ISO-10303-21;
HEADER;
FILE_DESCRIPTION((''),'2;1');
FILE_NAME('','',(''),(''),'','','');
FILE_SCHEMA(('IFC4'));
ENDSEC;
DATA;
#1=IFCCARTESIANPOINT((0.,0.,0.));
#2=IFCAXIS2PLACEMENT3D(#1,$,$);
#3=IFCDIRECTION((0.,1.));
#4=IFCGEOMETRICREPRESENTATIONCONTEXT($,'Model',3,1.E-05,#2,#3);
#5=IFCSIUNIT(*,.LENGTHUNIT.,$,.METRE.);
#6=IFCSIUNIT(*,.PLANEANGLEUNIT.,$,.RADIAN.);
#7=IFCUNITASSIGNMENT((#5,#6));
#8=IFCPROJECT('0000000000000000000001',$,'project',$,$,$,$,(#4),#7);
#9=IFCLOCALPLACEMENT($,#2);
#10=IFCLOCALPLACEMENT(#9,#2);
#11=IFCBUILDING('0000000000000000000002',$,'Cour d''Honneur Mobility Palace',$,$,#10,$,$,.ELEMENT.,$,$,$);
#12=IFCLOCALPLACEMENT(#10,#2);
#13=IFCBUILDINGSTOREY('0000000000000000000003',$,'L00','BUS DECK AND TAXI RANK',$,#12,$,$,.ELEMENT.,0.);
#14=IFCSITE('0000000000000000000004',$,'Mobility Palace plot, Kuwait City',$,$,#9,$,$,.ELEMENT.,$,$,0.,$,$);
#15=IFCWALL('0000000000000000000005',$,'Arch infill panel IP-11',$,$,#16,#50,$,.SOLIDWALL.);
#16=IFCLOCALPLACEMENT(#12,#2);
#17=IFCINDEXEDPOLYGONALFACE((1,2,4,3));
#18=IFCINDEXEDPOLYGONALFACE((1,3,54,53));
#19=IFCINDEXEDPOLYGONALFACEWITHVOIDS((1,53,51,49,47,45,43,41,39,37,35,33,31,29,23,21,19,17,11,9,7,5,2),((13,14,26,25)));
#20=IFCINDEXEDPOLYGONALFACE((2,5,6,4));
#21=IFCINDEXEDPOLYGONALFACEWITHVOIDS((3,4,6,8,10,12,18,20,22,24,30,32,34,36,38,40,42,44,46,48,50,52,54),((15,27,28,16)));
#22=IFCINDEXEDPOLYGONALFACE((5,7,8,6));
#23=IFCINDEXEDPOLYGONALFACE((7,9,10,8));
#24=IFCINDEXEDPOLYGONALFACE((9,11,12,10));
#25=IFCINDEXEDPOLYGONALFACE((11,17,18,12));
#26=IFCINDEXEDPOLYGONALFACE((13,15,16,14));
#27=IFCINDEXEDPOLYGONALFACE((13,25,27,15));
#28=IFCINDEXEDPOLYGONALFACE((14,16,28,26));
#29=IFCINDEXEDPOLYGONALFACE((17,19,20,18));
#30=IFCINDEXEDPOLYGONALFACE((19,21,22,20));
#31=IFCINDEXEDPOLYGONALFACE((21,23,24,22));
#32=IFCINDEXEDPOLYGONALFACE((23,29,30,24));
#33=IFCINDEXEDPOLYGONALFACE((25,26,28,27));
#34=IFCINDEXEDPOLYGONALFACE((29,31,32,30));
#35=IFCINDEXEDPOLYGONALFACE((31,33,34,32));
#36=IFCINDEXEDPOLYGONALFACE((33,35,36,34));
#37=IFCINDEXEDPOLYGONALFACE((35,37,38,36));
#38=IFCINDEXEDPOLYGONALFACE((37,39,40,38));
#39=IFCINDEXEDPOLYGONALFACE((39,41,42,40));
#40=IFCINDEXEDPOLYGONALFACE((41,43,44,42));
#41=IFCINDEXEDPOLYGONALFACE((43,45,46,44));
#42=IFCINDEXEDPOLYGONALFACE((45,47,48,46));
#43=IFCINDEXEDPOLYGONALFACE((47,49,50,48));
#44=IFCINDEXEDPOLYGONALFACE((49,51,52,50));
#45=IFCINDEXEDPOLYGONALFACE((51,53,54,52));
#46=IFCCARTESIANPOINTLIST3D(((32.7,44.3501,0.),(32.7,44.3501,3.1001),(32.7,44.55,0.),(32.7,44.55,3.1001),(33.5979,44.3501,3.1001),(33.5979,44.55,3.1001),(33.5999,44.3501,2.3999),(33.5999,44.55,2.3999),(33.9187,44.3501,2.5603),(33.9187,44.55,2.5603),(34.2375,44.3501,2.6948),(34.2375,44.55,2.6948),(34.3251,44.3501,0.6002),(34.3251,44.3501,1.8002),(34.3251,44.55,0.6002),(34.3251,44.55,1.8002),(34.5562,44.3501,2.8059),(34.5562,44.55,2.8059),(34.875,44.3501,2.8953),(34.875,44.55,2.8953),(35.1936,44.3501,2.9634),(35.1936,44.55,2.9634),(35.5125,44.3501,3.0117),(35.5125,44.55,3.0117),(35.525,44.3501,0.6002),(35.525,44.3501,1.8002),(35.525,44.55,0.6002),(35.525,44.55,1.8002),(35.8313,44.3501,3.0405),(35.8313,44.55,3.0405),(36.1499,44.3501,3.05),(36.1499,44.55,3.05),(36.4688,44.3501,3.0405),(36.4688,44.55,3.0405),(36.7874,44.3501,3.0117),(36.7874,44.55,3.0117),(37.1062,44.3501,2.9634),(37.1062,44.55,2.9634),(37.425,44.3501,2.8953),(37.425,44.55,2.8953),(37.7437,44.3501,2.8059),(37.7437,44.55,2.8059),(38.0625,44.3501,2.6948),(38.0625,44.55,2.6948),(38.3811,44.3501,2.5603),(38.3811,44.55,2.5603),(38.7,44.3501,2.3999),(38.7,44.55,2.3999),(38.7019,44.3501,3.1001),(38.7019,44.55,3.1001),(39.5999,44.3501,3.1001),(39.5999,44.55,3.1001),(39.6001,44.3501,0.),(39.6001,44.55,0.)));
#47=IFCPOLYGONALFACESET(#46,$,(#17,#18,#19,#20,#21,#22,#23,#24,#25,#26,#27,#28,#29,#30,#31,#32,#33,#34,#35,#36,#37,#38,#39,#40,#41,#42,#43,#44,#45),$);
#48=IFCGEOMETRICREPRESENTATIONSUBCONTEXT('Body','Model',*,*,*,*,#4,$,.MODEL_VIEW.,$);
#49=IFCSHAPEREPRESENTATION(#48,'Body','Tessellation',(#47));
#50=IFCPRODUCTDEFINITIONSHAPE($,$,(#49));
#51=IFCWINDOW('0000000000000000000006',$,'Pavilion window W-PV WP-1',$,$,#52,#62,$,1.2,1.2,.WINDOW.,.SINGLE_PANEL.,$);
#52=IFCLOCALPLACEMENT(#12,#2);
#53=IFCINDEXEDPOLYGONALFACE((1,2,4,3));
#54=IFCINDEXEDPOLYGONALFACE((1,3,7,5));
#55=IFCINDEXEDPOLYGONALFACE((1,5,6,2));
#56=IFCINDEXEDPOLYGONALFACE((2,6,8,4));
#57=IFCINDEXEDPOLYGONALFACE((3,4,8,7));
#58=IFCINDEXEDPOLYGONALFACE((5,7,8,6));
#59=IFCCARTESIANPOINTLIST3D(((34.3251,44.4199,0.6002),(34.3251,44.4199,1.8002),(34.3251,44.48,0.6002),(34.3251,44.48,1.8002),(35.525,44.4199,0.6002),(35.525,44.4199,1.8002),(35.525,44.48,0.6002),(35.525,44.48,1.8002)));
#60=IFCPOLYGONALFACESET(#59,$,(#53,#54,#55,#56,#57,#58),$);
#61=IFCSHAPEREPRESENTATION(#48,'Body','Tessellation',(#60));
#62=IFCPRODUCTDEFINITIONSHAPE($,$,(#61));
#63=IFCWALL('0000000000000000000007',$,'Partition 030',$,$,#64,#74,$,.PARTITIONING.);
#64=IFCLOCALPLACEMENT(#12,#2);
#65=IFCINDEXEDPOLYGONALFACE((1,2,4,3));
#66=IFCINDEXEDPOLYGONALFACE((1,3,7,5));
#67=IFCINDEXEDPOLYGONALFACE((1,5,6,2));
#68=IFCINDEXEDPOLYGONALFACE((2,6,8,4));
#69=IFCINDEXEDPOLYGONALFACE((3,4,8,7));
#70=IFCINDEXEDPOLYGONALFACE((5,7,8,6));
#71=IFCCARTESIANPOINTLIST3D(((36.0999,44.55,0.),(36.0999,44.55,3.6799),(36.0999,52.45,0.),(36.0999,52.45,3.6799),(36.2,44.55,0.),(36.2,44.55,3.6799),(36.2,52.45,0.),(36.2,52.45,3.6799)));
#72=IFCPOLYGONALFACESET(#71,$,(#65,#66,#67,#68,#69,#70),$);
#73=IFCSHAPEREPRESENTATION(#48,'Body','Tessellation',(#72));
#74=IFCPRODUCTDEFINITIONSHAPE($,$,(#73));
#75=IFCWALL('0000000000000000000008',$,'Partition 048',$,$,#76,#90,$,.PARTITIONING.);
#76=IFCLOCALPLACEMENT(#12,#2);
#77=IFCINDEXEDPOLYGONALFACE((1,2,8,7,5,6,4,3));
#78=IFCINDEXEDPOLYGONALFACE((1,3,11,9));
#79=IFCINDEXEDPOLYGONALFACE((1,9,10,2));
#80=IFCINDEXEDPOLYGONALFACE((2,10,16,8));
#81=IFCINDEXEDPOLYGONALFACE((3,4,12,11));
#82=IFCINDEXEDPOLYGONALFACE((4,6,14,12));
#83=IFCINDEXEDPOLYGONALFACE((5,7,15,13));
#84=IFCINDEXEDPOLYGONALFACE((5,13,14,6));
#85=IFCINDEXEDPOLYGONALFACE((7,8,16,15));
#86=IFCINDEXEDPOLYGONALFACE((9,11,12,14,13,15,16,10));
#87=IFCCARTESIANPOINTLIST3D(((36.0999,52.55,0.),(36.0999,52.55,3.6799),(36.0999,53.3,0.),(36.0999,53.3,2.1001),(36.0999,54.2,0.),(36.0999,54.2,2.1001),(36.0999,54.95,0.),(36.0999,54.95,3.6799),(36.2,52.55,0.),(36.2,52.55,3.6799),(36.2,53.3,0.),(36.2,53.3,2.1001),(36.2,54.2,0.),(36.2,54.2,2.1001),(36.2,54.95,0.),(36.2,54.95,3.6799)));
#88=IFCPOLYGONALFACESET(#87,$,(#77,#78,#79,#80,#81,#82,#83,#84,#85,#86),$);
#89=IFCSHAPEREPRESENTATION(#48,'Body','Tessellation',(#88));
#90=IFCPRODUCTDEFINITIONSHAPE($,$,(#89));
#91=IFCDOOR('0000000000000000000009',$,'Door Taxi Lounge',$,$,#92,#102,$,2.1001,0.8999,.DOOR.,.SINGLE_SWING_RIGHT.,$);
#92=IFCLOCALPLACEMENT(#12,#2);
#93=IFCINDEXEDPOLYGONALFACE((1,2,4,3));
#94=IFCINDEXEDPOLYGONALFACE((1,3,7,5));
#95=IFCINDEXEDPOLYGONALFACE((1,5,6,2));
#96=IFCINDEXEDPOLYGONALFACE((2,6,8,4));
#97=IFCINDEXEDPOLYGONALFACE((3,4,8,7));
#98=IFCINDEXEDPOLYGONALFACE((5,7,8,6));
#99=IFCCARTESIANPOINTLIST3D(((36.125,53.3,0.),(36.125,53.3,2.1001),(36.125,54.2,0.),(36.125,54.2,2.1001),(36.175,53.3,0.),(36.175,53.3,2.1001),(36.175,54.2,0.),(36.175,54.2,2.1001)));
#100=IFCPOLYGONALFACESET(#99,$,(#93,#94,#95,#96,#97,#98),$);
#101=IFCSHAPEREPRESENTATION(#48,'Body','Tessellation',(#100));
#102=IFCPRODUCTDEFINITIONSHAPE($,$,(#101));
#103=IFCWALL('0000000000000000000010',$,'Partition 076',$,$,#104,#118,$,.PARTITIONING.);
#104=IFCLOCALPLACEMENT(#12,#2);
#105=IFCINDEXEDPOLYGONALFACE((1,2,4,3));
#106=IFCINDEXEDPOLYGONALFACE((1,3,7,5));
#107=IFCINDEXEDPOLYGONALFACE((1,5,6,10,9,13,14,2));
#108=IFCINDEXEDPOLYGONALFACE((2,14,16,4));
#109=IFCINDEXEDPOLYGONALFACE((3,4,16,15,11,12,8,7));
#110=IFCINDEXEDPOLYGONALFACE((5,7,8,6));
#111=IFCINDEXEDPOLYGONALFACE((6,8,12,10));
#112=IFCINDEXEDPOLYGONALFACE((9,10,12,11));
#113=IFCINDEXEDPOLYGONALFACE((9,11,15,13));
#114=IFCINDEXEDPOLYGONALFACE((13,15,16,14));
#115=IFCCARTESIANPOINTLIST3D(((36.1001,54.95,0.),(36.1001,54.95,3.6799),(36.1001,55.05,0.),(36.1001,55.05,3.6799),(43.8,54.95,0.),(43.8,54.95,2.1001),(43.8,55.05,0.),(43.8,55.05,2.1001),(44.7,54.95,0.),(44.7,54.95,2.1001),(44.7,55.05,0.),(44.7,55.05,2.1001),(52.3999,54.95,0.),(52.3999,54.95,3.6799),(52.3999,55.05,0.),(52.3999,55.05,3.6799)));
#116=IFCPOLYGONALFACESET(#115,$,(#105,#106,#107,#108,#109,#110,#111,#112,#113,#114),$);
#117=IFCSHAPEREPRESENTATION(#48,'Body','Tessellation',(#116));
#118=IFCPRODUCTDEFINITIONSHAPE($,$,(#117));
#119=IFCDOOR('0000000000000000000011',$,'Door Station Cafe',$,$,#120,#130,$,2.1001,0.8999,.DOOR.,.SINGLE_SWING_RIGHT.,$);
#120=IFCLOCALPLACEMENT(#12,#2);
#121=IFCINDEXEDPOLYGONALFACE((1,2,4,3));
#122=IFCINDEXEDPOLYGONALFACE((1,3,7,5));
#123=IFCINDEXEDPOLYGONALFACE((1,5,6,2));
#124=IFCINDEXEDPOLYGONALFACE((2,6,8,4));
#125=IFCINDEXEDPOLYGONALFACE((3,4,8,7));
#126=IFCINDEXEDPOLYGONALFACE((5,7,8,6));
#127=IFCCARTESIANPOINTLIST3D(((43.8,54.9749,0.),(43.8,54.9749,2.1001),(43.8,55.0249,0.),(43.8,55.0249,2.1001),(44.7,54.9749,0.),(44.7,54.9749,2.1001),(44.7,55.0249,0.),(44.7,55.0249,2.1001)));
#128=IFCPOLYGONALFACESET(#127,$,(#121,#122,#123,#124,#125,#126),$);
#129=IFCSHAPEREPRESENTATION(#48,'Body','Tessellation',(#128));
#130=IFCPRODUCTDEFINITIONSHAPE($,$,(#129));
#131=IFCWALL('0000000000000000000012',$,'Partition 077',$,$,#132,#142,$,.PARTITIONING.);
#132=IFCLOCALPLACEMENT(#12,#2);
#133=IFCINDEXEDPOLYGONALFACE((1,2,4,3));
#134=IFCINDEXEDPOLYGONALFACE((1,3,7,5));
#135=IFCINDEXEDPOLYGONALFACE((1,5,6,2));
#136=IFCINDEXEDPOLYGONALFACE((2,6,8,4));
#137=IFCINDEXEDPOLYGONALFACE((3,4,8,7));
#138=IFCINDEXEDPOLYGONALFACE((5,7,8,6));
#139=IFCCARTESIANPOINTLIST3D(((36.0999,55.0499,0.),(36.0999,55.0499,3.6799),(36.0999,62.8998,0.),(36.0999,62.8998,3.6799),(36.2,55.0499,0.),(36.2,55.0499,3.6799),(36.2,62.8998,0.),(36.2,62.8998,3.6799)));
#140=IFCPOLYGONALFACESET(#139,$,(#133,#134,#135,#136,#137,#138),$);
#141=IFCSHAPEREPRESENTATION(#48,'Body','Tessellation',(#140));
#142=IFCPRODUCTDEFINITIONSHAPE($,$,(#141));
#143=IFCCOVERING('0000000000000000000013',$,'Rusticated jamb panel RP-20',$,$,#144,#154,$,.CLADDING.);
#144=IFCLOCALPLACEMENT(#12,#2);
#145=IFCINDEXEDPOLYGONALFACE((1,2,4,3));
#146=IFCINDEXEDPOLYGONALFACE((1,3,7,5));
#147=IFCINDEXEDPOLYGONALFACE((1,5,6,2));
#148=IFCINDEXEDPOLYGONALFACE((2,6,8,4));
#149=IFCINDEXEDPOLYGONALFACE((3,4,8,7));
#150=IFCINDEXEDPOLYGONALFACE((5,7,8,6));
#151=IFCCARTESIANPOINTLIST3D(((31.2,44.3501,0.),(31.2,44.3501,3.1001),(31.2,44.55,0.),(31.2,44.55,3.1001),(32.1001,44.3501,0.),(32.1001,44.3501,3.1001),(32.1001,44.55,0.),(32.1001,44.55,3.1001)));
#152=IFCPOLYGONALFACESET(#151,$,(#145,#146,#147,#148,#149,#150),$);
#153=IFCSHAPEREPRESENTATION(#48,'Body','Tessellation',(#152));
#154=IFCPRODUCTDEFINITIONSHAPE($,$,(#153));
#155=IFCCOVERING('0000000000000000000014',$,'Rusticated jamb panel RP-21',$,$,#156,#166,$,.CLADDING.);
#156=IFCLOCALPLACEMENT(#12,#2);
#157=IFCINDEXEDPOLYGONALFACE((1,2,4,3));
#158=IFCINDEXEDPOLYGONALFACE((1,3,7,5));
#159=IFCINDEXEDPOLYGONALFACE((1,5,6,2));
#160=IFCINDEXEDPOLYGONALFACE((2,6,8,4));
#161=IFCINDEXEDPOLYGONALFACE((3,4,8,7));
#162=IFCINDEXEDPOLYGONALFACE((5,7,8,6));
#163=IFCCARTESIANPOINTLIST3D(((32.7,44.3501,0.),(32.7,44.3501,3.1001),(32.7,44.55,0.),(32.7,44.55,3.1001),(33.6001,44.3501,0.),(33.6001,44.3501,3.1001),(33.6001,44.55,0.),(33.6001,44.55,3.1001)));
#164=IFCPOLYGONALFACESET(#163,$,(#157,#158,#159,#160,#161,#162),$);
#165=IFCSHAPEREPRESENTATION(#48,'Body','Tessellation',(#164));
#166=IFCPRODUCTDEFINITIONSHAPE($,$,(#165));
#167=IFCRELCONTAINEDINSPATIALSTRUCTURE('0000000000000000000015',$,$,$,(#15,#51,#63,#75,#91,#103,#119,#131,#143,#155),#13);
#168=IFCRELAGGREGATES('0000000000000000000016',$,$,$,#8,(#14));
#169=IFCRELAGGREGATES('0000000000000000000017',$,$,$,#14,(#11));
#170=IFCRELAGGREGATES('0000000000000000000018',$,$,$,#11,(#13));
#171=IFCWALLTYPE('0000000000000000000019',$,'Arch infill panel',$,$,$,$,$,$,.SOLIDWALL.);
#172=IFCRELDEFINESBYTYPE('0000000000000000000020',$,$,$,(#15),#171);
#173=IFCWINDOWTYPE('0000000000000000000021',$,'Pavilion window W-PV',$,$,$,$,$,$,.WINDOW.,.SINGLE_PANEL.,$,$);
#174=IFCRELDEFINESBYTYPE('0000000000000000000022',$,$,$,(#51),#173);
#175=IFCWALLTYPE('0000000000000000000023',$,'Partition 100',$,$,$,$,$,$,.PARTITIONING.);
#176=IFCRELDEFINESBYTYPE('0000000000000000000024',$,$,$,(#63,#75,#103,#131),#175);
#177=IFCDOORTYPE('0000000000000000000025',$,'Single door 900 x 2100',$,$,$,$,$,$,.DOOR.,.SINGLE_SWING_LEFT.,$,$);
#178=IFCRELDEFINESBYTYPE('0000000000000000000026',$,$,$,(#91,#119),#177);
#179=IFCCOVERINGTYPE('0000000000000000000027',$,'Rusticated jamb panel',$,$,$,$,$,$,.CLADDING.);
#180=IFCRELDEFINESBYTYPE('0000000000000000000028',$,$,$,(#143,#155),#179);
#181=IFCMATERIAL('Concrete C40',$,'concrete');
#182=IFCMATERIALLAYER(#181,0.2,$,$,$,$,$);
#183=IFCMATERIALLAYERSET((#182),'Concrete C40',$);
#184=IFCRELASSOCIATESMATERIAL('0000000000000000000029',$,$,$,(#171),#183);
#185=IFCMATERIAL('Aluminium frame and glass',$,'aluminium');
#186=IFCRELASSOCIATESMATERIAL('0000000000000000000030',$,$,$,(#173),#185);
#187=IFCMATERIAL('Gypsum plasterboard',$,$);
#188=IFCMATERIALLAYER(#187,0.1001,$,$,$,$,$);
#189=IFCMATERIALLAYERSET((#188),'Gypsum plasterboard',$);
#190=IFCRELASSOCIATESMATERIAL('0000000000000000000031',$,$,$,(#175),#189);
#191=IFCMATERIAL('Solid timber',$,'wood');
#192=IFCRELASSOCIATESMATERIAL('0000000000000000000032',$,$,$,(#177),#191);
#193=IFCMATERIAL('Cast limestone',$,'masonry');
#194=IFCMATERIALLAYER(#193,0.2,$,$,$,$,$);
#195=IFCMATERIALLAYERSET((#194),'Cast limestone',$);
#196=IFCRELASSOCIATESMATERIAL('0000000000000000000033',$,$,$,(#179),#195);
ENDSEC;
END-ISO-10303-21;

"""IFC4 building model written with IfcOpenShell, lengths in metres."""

from ifc_helpers import new_model, si_unit, direction, frame, frame_2d, origin, place, context, subcontext, project, spatial, polyline, rectangle, outline, extrude, material, layer, layer_set, type_object, element, fill, save


model = new_model("IFC4")

# Units and contexts
model_context = context("Model", 3, precision=1e-05, world=origin(), true_north=direction((0.0, 1.0)))
body_context = subcontext(model_context, "Body", "Model", "MODEL_VIEW")
ifc_project = project(units=[si_unit("LENGTHUNIT", "METRE"), si_unit("PLANEANGLEUNIT", "RADIAN")], contexts=[model_context])

# Site, building, storey
site_placement = place(None, origin())
site = spatial("IfcSite", under=ifc_project, at=site_placement, Name="Mobility Palace plot, Kuwait City", CompositionType="ELEMENT", RefElevation=0.0)
building_placement = place(site_placement, origin())
building = spatial("IfcBuilding", under=site, at=building_placement, Name="Cour d'Honneur Mobility Palace", CompositionType="ELEMENT")
storey_placement = place(building_placement, origin())
storey = spatial("IfcBuildingStorey", under=building, at=storey_placement, Name="L00", Description="BUS DECK AND TAXI RANK", CompositionType="ELEMENT", Elevation=0.0)

# Wall, opening, window
ifc_material_1 = material(Name="Concrete C40", Category="concrete")
ifc_layer_1 = layer(ifc_material_1, 0.2)
ifc_layer_set_1 = layer_set([ifc_layer_1], Name="Concrete C40")
wall_type_1 = type_object("IfcWallType", Name="Arch infill panel", PredefinedType="SOLIDWALL", material=ifc_layer_set_1)
wall_1_placement = place(storey_placement, frame((32.7, 44.45, 0.0), z_axis=(0.0, 0.0, 1.0), x_axis=(1.0, 0.0, 0.0)))
wall_1 = element("IfcWall", 1, at=wall_1_placement, inside=storey, type_object=wall_type_1, Name="Arch infill panel IP-11", PredefinedType="SOLIDWALL", context=body_context, shape_type="SweptSolid", body=[
    extrude(outline(polyline([(0.0, 0.0), (6.9001, 0.0), (6.8999, 3.1001), (6.002, 3.1001), (6.0, 2.3999), (5.6812, 2.5603), (5.3625, 2.6948), (5.0437, 2.8059), (4.7251, 2.8953), (4.4062, 2.9634), (4.0874, 3.0117), (3.7688, 3.0405), (3.45, 3.05), (3.1313, 3.0405), (2.8125, 3.0117), (2.4937, 2.9634), (2.175, 2.8953), (1.8562, 2.8059), (1.5376, 2.6948), (1.2188, 2.5603), (0.8999, 2.3999), (0.8979, 3.1001), (0.0, 3.1001), (0.0, 0.0)])), frame((0.0, 0.1001, 0.0), z_axis=(0.0, -1.0, 0.0), x_axis=(1.0, 0.0, 0.0)), (0.0, 0.0, 1.0), 0.2),
])
opening_1_placement = place(wall_1_placement, frame((1.625, 0.0, 0.6001)))
opening_1 = element("IfcOpeningElement", 2, at=opening_1_placement, cuts=wall_1, PredefinedType="OPENING", context=body_context, shape_type="SweptSolid", body=[
    extrude(rectangle(XDim=1.2, YDim=1.2, at=frame_2d((0.6001, 0.6001))), frame((0.0, 0.1099, 0.0), z_axis=(0.0, -1.0, 0.0), x_axis=(1.0, 0.0, 0.0)), (0.0, 0.0, 1.0), 0.22),
])
ifc_material_2 = material(Name="Aluminium frame and glass", Category="aluminium")
window_type = type_object("IfcWindowType", Name="Pavilion window W-PV", PartitioningType="SINGLE_PANEL", PredefinedType="WINDOW", material=ifc_material_2)
window_placement = place(opening_1_placement, origin())
window = element("IfcWindow", 3, at=window_placement, inside=storey, type_object=window_type, Name="Pavilion window W-PV WP-1", OverallHeight=1.2, OverallWidth=1.2, PartitioningType="SINGLE_PANEL", PredefinedType="WINDOW", context=body_context, shape_type="SweptSolid", body=[
    extrude(rectangle(XDim=1.2, YDim=1.2, at=frame_2d((0.6001, 0.6001))), frame((0.0, 0.03, 0.0), z_axis=(0.0, -1.0, 0.0), x_axis=(1.0, 0.0, 0.0)), (0.0, 0.0, 1.0), 0.0601),
])
fill(opening_1, window)

# Wall
ifc_material_3 = material(Name="Gypsum plasterboard")
ifc_layer_2 = layer(ifc_material_3, 0.1001)
ifc_layer_set_2 = layer_set([ifc_layer_2], Name="Gypsum plasterboard")
wall_type_2 = type_object("IfcWallType", Name="Partition 100", PredefinedType="PARTITIONING", material=ifc_layer_set_2)
wall_2_placement = place(storey_placement, frame((36.1499, 44.55, 0.0), z_axis=(0.0, 0.0, 1.0), x_axis=(0.0, 1.0, 0.0)))
element("IfcWall", 4, at=wall_2_placement, inside=storey, type_object=wall_type_2, Name="Partition 030", PredefinedType="PARTITIONING", context=body_context, shape_type="SweptSolid", body=[
    extrude(rectangle(XDim=7.8999, YDim=0.1001, at=frame_2d((3.95, 0.0))), origin(), (0.0, 0.0, 1.0), 3.6799),
])

# Walls, openings, doors
wall_3_placement = place(storey_placement, frame((36.1499, 52.55, 0.0), z_axis=(0.0, 0.0, 1.0), x_axis=(0.0, 1.0, 0.0)))
wall_3 = element("IfcWall", 5, at=wall_3_placement, inside=storey, type_object=wall_type_2, Name="Partition 048", PredefinedType="PARTITIONING", context=body_context, shape_type="SweptSolid", body=[
    extrude(rectangle(XDim=2.3999, YDim=0.1001, at=frame_2d((1.2, 0.0))), origin(), (0.0, 0.0, 1.0), 3.6799),
])
opening_2_placement = place(wall_3_placement, frame((0.75, 0.0, 0.0)))
opening_2 = element("IfcOpeningElement", 6, at=opening_2_placement, cuts=wall_3, PredefinedType="OPENING", context=body_context, shape_type="SweptSolid", body=[
    extrude(rectangle(XDim=0.8999, YDim=2.1001, at=frame_2d((0.45, 1.05))), frame((0.0, 0.0601, 0.0), z_axis=(0.0, -1.0, 0.0), x_axis=(1.0, 0.0, 0.0)), (0.0, 0.0, 1.0), 0.1201),
])
ifc_material_4 = material(Name="Solid timber", Category="wood")
door_type = type_object("IfcDoorType", Name="Single door 900 x 2100", OperationType="SINGLE_SWING_LEFT", PredefinedType="DOOR", material=ifc_material_4)
door_1_placement = place(opening_2_placement, origin())
door_1 = element("IfcDoor", 7, at=door_1_placement, inside=storey, type_object=door_type, Name="Door Taxi Lounge", OperationType="SINGLE_SWING_RIGHT", OverallHeight=2.1001, OverallWidth=0.8999, PredefinedType="DOOR", context=body_context, shape_type="SweptSolid", body=[
    extrude(rectangle(XDim=0.8999, YDim=2.1001, at=frame_2d((0.45, 1.05))), frame((0.0, 0.0249, 0.0), z_axis=(0.0, -1.0, 0.0), x_axis=(1.0, 0.0, 0.0)), (0.0, 0.0, 1.0), 0.05),
])
fill(opening_2, door_1)
wall_4_placement = place(storey_placement, frame((36.1001, 55.0, 0.0), z_axis=(0.0, 0.0, 1.0), x_axis=(1.0, 0.0, 0.0)))
wall_4 = element("IfcWall", 8, at=wall_4_placement, inside=storey, type_object=wall_type_2, Name="Partition 076", PredefinedType="PARTITIONING", context=body_context, shape_type="SweptSolid", body=[
    extrude(rectangle(XDim=16.2998, YDim=0.1001, at=frame_2d((8.1499, 0.0))), origin(), (0.0, 0.0, 1.0), 3.6799),
])
opening_3_placement = place(wall_4_placement, frame((7.7, 0.0, 0.0)))
opening_3 = element("IfcOpeningElement", 9, at=opening_3_placement, cuts=wall_4, PredefinedType="OPENING", context=body_context, shape_type="SweptSolid", body=[
    extrude(rectangle(XDim=0.8999, YDim=2.1001, at=frame_2d((0.45, 1.05))), frame((0.0, 0.0601, 0.0), z_axis=(0.0, -1.0, 0.0), x_axis=(1.0, 0.0, 0.0)), (0.0, 0.0, 1.0), 0.1201),
])
door_2_placement = place(opening_3_placement, origin())
door_2 = element("IfcDoor", 10, at=door_2_placement, inside=storey, type_object=door_type, Name="Door Station Cafe", OperationType="SINGLE_SWING_RIGHT", OverallHeight=2.1001, OverallWidth=0.8999, PredefinedType="DOOR", context=body_context, shape_type="SweptSolid", body=[
    extrude(rectangle(XDim=0.8999, YDim=2.1001, at=frame_2d((0.45, 1.05))), frame((0.0, 0.0249, 0.0), z_axis=(0.0, -1.0, 0.0), x_axis=(1.0, 0.0, 0.0)), (0.0, 0.0, 1.0), 0.05),
])
fill(opening_3, door_2)

# Wall
wall_5_placement = place(storey_placement, frame((36.1499, 55.05, 0.0), z_axis=(0.0, 0.0, 1.0), x_axis=(0.0, 1.0, 0.0)))
element("IfcWall", 11, at=wall_5_placement, inside=storey, type_object=wall_type_2, Name="Partition 077", PredefinedType="PARTITIONING", context=body_context, shape_type="SweptSolid", body=[
    extrude(rectangle(XDim=7.8499, YDim=0.1001, at=frame_2d((3.9248, 0.0))), origin(), (0.0, 0.0, 1.0), 3.6799),
])

# Coverings
ifc_material_5 = material(Name="Cast limestone", Category="masonry")
ifc_layer_3 = layer(ifc_material_5, 0.2)
ifc_layer_set_3 = layer_set([ifc_layer_3], Name="Cast limestone")
covering_type_1 = type_object("IfcCoveringType", Name="Rusticated jamb panel", PredefinedType="CLADDING", material=ifc_layer_set_3)
for number, where, z_axis, x_axis, name in (
    (12, (31.2, 44.3501, 0.0), (0.0, -1.0, 0.0), (1.0, 0.0, 0.0), "Rusticated jamb panel RP-20"),
    (13, (32.7, 44.3501, 0.0), (0.0, -1.0, 0.0), (1.0, 0.0, 0.0), "Rusticated jamb panel RP-21"),
):
    element("IfcCovering", number, at=place(storey_placement, frame(where, z_axis=z_axis, x_axis=x_axis)), inside=storey, type_object=covering_type_1, Name=name, PredefinedType="CLADDING", context=body_context, shape_type="SweptSolid", body=[
        extrude(outline(polyline([(0.0, 0.0), (0.9001, 0.0), (0.9001, 3.1001), (0.0, 3.1001), (0.0, 0.0)])), origin(), (0.0, 0.0, -1.0), 0.2),
    ])

save(model, "model.ifc")
